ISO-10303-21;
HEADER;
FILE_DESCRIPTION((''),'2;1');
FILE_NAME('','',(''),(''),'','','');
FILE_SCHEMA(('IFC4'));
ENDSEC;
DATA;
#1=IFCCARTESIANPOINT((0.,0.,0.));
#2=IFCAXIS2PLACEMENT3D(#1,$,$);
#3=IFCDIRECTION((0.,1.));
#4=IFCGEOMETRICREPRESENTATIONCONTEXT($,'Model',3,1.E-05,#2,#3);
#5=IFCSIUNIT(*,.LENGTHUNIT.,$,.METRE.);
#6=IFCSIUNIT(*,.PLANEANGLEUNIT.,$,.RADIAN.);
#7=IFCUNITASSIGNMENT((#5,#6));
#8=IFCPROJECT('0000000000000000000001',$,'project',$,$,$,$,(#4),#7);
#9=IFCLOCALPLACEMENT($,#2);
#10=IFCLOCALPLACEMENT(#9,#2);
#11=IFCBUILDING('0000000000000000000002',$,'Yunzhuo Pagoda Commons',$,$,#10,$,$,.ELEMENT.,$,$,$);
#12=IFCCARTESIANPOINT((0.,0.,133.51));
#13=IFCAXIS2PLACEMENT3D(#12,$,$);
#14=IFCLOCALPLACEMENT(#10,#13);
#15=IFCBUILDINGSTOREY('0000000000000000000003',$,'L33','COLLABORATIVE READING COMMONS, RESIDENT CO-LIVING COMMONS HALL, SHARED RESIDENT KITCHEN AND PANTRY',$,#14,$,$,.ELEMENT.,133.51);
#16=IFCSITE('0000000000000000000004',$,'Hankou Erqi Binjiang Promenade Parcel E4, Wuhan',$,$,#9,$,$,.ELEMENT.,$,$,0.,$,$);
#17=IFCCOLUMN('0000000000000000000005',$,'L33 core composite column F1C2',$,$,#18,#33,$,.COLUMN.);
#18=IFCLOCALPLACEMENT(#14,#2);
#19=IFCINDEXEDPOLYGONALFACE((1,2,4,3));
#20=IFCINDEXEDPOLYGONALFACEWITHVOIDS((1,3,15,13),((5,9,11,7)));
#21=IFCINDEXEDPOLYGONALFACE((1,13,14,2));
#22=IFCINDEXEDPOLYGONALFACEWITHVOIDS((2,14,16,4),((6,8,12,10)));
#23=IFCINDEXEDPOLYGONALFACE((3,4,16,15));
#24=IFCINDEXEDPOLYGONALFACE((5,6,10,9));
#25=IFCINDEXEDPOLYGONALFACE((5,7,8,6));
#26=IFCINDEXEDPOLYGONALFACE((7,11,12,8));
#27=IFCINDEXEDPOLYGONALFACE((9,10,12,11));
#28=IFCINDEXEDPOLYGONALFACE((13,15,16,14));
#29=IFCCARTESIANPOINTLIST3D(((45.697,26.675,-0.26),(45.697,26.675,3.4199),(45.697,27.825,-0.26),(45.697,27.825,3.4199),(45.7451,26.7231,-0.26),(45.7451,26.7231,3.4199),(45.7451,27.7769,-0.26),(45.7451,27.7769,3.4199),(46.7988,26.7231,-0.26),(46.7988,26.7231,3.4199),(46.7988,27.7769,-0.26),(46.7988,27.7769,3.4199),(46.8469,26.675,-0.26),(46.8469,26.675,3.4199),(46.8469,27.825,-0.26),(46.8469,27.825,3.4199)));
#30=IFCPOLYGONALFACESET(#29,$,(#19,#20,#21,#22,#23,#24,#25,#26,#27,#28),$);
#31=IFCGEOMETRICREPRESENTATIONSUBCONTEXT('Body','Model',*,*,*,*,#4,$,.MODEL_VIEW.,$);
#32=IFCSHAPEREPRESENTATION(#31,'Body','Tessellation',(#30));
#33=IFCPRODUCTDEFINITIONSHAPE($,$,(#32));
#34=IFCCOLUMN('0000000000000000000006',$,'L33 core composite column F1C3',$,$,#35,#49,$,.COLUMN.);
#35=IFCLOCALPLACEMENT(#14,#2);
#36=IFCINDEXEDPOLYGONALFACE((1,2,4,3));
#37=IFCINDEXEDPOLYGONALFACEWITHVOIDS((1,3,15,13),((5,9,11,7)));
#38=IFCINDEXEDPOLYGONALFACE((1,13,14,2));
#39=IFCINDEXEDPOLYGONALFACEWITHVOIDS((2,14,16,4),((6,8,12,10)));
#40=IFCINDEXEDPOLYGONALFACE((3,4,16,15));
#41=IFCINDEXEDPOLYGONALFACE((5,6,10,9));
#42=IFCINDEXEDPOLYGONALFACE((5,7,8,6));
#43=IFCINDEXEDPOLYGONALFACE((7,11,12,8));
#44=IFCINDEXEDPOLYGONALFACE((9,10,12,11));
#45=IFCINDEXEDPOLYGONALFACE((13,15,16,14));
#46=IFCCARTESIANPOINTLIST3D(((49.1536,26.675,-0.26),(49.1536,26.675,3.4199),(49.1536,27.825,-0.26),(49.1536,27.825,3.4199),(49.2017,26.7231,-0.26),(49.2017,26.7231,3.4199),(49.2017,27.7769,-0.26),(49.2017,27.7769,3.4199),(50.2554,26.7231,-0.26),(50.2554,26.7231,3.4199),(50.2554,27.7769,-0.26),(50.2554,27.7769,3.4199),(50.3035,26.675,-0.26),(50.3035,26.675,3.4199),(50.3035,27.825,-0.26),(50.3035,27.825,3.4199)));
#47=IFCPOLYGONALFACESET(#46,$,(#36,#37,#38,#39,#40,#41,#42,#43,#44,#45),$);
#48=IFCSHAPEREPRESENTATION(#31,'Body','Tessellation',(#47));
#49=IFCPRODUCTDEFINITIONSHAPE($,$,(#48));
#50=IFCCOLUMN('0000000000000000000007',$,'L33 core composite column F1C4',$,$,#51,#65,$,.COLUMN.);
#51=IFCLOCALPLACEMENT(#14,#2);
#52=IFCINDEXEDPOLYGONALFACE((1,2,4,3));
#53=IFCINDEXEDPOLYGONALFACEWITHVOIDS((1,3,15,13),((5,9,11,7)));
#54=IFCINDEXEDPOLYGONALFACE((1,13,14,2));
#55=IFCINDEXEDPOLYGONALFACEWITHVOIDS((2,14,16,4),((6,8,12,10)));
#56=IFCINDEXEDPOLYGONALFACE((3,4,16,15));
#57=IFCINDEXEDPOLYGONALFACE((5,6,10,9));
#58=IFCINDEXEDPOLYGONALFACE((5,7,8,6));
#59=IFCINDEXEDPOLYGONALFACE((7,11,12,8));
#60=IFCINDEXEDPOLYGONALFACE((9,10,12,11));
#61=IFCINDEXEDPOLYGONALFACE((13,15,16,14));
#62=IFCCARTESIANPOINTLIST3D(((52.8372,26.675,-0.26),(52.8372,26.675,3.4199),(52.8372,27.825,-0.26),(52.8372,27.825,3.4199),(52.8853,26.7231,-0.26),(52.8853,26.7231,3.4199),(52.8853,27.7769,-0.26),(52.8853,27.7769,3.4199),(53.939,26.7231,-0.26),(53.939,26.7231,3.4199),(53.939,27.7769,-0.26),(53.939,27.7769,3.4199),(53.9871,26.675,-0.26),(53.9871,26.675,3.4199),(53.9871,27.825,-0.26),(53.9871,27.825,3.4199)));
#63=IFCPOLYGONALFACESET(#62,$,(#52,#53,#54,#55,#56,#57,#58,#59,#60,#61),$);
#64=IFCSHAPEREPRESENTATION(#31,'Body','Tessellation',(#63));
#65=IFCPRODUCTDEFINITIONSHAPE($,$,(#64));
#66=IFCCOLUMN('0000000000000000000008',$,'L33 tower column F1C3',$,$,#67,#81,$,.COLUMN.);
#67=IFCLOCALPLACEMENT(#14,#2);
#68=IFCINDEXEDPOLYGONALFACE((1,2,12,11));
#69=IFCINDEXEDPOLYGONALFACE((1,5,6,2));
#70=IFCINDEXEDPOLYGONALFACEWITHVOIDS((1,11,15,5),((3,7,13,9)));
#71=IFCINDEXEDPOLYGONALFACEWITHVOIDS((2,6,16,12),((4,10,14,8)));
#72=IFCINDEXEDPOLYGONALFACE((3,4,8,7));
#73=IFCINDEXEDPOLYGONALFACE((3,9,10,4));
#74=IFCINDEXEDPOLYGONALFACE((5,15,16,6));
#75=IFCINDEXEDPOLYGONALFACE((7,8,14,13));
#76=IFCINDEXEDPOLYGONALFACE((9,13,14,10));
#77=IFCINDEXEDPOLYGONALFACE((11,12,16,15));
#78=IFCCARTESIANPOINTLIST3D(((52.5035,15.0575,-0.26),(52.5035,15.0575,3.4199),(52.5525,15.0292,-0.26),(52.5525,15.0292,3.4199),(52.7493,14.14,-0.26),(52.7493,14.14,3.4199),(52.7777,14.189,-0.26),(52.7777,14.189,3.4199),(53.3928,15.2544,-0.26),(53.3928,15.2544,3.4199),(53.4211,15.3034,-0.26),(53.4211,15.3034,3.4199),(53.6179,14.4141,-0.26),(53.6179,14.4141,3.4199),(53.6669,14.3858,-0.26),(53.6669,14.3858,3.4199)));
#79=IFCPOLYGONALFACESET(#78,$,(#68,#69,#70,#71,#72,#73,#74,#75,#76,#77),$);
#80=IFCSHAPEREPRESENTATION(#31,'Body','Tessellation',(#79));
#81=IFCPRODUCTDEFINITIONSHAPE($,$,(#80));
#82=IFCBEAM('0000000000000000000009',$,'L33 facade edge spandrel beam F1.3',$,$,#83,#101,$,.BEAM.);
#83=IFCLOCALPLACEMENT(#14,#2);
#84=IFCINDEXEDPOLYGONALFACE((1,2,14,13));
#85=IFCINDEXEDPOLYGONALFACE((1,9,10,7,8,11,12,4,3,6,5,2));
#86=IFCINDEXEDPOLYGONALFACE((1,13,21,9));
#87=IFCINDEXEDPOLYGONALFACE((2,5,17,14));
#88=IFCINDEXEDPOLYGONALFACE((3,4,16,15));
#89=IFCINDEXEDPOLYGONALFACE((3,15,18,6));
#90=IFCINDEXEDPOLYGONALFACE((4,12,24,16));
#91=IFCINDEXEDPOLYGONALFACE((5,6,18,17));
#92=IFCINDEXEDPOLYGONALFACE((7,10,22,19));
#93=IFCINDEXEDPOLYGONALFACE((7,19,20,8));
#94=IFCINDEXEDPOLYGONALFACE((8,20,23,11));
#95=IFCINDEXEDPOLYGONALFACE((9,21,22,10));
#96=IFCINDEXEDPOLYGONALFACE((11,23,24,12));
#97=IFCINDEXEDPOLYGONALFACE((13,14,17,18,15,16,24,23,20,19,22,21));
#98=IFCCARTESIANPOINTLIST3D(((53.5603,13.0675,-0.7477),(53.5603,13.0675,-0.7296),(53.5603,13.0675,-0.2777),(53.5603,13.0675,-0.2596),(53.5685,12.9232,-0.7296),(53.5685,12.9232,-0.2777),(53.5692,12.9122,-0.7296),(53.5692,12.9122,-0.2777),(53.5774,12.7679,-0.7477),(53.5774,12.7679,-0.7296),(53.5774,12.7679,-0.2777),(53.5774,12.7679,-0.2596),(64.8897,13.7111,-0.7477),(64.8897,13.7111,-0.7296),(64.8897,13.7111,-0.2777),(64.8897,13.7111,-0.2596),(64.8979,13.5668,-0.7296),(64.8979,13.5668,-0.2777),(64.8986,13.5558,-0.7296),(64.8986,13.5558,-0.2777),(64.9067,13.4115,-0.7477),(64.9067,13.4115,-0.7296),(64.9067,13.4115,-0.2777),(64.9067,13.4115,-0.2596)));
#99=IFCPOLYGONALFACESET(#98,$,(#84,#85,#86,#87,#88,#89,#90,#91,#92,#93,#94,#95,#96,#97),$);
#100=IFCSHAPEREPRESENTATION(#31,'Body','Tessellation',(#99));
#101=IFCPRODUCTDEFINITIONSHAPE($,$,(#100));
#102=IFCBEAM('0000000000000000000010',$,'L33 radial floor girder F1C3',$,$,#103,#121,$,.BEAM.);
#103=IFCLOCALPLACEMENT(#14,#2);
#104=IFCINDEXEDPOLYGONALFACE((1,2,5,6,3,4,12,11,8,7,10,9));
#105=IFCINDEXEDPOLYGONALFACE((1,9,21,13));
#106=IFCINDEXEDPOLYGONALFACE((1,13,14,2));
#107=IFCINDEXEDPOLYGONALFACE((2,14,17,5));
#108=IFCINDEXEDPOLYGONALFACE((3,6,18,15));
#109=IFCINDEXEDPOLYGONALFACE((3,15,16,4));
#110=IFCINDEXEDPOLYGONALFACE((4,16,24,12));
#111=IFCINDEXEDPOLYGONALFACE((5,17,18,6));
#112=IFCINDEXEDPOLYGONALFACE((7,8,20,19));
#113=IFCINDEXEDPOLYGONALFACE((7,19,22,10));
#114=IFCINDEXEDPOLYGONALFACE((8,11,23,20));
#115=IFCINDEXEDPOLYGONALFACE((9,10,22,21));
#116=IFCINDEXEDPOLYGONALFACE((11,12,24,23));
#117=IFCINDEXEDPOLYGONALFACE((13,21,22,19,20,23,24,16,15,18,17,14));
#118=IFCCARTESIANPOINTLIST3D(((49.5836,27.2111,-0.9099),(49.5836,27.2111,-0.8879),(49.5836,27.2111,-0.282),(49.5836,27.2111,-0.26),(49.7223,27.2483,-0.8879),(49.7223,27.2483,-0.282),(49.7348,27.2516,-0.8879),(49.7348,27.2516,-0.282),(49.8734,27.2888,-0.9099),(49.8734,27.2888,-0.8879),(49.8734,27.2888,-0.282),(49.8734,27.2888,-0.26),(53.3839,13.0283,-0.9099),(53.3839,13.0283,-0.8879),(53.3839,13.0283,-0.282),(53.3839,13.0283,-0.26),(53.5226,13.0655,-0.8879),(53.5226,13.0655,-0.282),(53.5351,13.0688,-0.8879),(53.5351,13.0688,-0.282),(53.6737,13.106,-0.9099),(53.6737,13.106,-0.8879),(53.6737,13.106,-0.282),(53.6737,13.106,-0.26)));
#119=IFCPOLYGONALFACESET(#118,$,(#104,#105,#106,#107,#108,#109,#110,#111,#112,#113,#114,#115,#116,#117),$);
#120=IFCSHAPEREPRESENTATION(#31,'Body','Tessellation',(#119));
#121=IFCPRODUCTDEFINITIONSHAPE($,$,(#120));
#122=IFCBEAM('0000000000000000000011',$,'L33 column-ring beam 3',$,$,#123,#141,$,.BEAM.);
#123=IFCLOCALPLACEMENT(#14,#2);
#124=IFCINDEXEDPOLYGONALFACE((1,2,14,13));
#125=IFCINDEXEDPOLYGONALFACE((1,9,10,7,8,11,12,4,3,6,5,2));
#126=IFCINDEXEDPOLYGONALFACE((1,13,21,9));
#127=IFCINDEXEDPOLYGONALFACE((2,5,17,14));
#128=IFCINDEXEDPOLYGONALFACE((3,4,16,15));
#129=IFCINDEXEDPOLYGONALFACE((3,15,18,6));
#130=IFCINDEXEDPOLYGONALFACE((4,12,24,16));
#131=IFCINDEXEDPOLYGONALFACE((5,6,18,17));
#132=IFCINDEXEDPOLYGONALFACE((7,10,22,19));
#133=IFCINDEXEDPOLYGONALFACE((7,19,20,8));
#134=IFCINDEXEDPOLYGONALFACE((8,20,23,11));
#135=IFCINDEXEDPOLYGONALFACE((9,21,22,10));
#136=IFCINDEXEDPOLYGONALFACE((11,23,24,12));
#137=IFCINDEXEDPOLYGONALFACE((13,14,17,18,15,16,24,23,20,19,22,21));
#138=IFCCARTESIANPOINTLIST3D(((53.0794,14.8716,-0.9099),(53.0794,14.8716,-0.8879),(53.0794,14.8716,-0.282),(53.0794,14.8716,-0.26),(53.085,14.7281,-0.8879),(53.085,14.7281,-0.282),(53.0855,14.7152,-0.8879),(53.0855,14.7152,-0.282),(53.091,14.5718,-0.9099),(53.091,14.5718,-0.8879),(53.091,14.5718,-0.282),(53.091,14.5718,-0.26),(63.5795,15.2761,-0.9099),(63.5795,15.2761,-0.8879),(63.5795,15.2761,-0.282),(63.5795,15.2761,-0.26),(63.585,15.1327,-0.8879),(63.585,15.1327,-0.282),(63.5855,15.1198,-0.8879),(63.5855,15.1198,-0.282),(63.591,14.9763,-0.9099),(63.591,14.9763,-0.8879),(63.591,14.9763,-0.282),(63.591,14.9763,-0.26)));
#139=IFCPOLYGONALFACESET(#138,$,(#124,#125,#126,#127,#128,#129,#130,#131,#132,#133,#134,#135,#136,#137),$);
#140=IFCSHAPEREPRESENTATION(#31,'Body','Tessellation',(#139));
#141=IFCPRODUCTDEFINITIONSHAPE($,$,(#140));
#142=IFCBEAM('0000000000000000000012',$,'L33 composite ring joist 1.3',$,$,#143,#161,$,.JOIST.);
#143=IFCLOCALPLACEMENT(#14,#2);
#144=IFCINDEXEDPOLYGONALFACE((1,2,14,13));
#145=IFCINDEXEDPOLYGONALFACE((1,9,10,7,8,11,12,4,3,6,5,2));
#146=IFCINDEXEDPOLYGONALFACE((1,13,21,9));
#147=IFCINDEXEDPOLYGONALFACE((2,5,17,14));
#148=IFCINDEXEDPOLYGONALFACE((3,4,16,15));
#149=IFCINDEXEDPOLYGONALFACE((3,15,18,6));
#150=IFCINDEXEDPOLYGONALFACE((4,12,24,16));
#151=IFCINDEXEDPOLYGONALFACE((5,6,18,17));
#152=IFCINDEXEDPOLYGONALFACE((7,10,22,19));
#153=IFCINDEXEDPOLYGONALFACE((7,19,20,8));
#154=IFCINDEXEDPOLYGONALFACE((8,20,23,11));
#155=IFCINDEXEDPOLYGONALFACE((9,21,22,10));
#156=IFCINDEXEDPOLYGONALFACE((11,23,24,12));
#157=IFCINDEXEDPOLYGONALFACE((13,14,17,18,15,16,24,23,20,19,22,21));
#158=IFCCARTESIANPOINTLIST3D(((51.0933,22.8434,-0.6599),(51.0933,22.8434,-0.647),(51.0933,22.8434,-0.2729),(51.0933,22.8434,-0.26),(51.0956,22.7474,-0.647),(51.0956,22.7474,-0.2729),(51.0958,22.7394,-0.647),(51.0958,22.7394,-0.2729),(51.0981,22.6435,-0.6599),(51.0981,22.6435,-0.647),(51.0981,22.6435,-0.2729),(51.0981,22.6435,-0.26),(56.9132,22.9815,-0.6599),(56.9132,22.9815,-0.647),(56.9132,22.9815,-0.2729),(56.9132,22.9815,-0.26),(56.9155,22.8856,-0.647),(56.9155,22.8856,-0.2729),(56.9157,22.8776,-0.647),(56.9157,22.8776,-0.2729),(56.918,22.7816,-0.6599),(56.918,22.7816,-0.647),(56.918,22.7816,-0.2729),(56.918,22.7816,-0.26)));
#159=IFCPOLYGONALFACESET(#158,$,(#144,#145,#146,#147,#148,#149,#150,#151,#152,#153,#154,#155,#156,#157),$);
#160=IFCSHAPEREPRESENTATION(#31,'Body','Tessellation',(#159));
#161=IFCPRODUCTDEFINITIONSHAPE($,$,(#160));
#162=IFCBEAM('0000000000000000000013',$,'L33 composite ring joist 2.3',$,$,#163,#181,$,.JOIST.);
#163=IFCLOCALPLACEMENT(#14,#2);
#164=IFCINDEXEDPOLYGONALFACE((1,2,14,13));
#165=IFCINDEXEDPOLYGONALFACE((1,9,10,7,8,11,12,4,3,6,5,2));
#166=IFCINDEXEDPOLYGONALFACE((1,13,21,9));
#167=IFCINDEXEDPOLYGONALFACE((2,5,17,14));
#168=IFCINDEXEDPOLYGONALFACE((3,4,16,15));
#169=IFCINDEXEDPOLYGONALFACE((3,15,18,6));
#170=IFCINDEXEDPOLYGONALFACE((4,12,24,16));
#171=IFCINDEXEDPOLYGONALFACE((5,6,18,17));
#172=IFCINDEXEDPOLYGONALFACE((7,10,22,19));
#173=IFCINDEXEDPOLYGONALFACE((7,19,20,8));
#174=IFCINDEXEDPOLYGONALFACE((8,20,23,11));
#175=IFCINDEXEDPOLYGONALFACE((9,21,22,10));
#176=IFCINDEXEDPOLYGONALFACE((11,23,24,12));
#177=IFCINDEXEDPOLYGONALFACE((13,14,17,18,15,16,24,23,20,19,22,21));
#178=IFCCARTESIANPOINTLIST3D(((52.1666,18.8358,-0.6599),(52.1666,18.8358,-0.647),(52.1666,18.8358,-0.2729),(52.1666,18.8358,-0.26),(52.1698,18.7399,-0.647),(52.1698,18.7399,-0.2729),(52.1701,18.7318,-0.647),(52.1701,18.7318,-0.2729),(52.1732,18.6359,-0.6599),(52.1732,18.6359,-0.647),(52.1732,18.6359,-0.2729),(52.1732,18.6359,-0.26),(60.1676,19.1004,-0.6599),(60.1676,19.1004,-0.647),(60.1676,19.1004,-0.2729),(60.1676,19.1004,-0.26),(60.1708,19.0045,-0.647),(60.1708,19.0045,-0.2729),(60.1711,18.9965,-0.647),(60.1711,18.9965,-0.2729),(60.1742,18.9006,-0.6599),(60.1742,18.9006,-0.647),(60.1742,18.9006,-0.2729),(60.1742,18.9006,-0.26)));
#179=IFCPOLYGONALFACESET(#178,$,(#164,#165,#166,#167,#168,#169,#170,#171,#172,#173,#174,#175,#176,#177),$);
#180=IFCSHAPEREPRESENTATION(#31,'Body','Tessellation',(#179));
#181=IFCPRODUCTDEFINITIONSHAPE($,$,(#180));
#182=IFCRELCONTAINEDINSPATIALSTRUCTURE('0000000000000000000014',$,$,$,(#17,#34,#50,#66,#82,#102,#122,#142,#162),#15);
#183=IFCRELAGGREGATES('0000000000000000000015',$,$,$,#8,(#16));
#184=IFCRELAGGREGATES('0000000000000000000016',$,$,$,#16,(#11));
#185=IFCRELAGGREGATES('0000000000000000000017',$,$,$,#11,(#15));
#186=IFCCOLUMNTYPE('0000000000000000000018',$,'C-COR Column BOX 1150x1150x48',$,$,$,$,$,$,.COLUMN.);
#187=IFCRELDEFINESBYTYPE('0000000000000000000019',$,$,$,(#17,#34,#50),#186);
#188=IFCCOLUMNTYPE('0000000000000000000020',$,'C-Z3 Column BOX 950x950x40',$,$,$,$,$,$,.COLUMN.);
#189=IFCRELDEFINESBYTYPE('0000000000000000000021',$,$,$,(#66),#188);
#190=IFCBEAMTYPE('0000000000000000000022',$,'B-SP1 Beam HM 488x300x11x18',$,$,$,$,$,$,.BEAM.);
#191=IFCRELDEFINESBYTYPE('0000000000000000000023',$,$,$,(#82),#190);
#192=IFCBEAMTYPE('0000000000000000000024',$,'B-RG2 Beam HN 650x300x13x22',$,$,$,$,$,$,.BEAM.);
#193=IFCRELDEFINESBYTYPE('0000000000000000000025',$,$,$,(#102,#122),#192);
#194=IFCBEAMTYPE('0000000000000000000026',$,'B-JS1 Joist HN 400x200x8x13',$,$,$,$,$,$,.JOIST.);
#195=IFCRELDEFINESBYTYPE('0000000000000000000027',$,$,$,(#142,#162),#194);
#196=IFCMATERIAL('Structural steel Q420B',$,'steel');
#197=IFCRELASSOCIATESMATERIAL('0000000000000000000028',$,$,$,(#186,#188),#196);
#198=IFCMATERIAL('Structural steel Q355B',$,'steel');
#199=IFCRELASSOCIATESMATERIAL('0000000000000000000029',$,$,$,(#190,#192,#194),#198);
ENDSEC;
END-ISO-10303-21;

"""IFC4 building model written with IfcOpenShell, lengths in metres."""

from ifc_helpers import new_model, si_unit, direction, frame, origin, origin_2d, place, context, subcontext, project, spatial, hollow_rectangle, i_section, extrude, source, transform, mapped, material, material_profile, profile_set, type_object, element, save


model = new_model("IFC4")

# Units and contexts
model_context = context("Model", 3, precision=1e-05, world=origin(), true_north=direction((0.0, 1.0)))
body_context = subcontext(model_context, "Body", "Model", "MODEL_VIEW")
ifc_project = project(units=[si_unit("LENGTHUNIT", "METRE"), si_unit("PLANEANGLEUNIT", "RADIAN")], contexts=[model_context])

# Site, building, storey
site_placement = place(None, origin())
site = spatial("IfcSite", under=ifc_project, at=site_placement, Name="Hankou Erqi Binjiang Promenade Parcel E4, Wuhan", CompositionType="ELEMENT", RefElevation=0.0)
building_placement = place(site_placement, origin())
building = spatial("IfcBuilding", under=site, at=building_placement, Name="Yunzhuo Pagoda Commons", CompositionType="ELEMENT")
storey_placement = place(building_placement, frame((0.0, 0.0, 133.51)))
storey = spatial("IfcBuildingStorey", under=building, at=storey_placement, Name="L33", Description="COLLABORATIVE READING COMMONS, RESIDENT CO-LIVING COMMONS HALL, SHARED RESIDENT KITCHEN AND PANTRY", CompositionType="ELEMENT", Elevation=133.51)

# Columns
ifc_material_1 = material(Name="Structural steel Q420B", Category="steel")
ifc_material_profile_1 = material_profile(ifc_material_1, hollow_rectangle(XDim=1.1499, YDim=1.1499, WallThickness=0.0481, at=origin_2d()), Name="Structural steel Q420B")
ifc_profile_set_1 = profile_set([ifc_material_profile_1], Name="Structural steel Q420B")
column_type_1 = type_object("IfcColumnType", Name="C-COR Column BOX 1150x1150x48", PredefinedType="COLUMN", material=ifc_profile_set_1)
shared_shape_1 = source(origin(), body_context, "Body", "SweptSolid", [
    extrude(hollow_rectangle(XDim=1.1499, YDim=1.1499, WallThickness=0.0481, at=origin_2d()), origin(), (0.0, 0.0, 1.0), 3.6799),
])
for number, where, z_axis, x_axis, name in (
    (1, (46.272, 27.25, -0.26), (0.0, 0.0, 1.0), (1.0, 0.0, 0.0), "L33 core composite column F1C2"),
    (2, (49.7285, 27.25, -0.26), (0.0, 0.0, 1.0), (1.0, 0.0, 0.0), "L33 core composite column F1C3"),
    (3, (53.4121, 27.25, -0.26), (0.0, 0.0, 1.0), (1.0, 0.0, 0.0), "L33 core composite column F1C4"),
):
    element("IfcColumn", number, at=place(storey_placement, frame(where, z_axis=z_axis, x_axis=x_axis)), inside=storey, type_object=column_type_1, Name=name, PredefinedType="COLUMN", context=body_context, shape_type="MappedRepresentation", body=[
        mapped(shared_shape_1, transform((0.0, 0.0, 0.0), scale=1.0)),
    ])
ifc_material_profile_2 = material_profile(ifc_material_1, hollow_rectangle(XDim=0.95, YDim=0.95, WallThickness=0.04, at=origin_2d()), Name="Structural steel Q420B")
ifc_profile_set_2 = profile_set([ifc_material_profile_2], Name="Structural steel Q420B")
column_type_2 = type_object("IfcColumnType", Name="C-Z3 Column BOX 950x950x40", PredefinedType="COLUMN", material=ifc_profile_set_2)
shared_shape_2 = source(origin(), body_context, "Body", "SweptSolid", [
    extrude(hollow_rectangle(XDim=0.95, YDim=0.95, WallThickness=0.04, at=origin_2d()), origin(), (0.0, 0.0, 1.0), 3.6799),
])
column_placement = place(storey_placement, frame((53.0852, 14.7217, -0.26), z_axis=(0.0, 0.0, 1.0), x_axis=(0.965926, 0.258819, 0.0)))
element("IfcColumn", 4, at=column_placement, inside=storey, type_object=column_type_2, Name="L33 tower column F1C3", PredefinedType="COLUMN", context=body_context, shape_type="MappedRepresentation", body=[
    mapped(shared_shape_2, transform((0.0, 0.0, 0.0), scale=1.0)),
])

# Beams
ifc_material_2 = material(Name="Structural steel Q355B", Category="steel")
ifc_material_profile_3 = material_profile(ifc_material_2, i_section(OverallWidth=0.3, OverallDepth=0.488, WebThickness=0.011, FlangeThickness=0.0181, at=origin_2d()), Name="Structural steel Q355B")
ifc_profile_set_3 = profile_set([ifc_material_profile_3], Name="Structural steel Q355B")
beam_type_1 = type_object("IfcBeamType", Name="B-SP1 Beam HM 488x300x11x18", PredefinedType="BEAM", material=ifc_profile_set_3)
shared_shape_3 = source(origin(), body_context, "Body", "SweptSolid", [
    extrude(i_section(OverallWidth=0.3, OverallDepth=0.488, WebThickness=0.011, FlangeThickness=0.0181, at=origin_2d()), origin(), (0.0, 0.0, 1.0), 11.3477),
])
beam_1_placement = place(storey_placement, frame((53.5688, 12.9177, -0.5037), z_axis=(0.998391, 0.056713, 0.0), x_axis=(-0.056713, 0.998391, 0.0)))
element("IfcBeam", 5, at=beam_1_placement, inside=storey, type_object=beam_type_1, Name="L33 facade edge spandrel beam F1.3", PredefinedType="BEAM", context=body_context, shape_type="MappedRepresentation", body=[
    mapped(shared_shape_3, transform((0.0, 0.0, 0.0), scale=1.0)),
])
ifc_material_profile_4 = material_profile(ifc_material_2, i_section(OverallWidth=0.3, OverallDepth=0.6499, WebThickness=0.0129, FlangeThickness=0.022, at=origin_2d()), Name="Structural steel Q355B")
ifc_profile_set_4 = profile_set([ifc_material_profile_4], Name="Structural steel Q355B")
beam_type_2 = type_object("IfcBeamType", Name="B-RG2 Beam HN 650x300x13x22", PredefinedType="BEAM", material=ifc_profile_set_4)
shared_shape_4 = source(origin(), body_context, "Body", "SweptSolid", [
    extrude(i_section(OverallWidth=0.3, OverallDepth=0.6499, WebThickness=0.0129, FlangeThickness=0.022, at=origin_2d()), origin(), (0.0, 0.0, 1.0), 14.6831),
])
beam_2_placement = place(storey_placement, frame((53.5288, 13.0671, -0.585), z_axis=(-0.258819, 0.965926, 0.0), x_axis=(-0.965926, -0.258819, 0.0)))
element("IfcBeam", 6, at=beam_2_placement, inside=storey, type_object=beam_type_2, Name="L33 radial floor girder F1C3", PredefinedType="BEAM", context=body_context, shape_type="MappedRepresentation", body=[
    mapped(shared_shape_4, transform((0.0, 0.0, 0.0), scale=1.0)),
])
shared_shape_5 = source(origin(), body_context, "Body", "SweptSolid", [
    extrude(i_section(OverallWidth=0.3, OverallDepth=0.6499, WebThickness=0.0129, FlangeThickness=0.022, at=origin_2d()), origin(), (0.0, 0.0, 1.0), 10.5078),
])
beam_3_placement = place(storey_placement, frame((53.0852, 14.7217, -0.585), z_axis=(0.999259, 0.038499, 0.0), x_axis=(-0.038499, 0.999259, 0.0)))
element("IfcBeam", 7, at=beam_3_placement, inside=storey, type_object=beam_type_2, Name="L33 column-ring beam 3", PredefinedType="BEAM", context=body_context, shape_type="MappedRepresentation", body=[
    mapped(shared_shape_5, transform((0.0, 0.0, 0.0), scale=1.0)),
])
ifc_material_profile_5 = material_profile(ifc_material_2, i_section(OverallWidth=0.2, OverallDepth=0.3999, WebThickness=0.0081, FlangeThickness=0.0129, at=origin_2d()), Name="Structural steel Q355B")
ifc_profile_set_5 = profile_set([ifc_material_profile_5], Name="Structural steel Q355B")
beam_type_3 = type_object("IfcBeamType", Name="B-JS1 Joist HN 400x200x8x13", PredefinedType="JOIST", material=ifc_profile_set_5)
shared_shape_6 = source(origin(), body_context, "Body", "SweptSolid", [
    extrude(i_section(OverallWidth=0.2, OverallDepth=0.3999, WebThickness=0.0081, FlangeThickness=0.0129, at=origin_2d()), origin(), (0.0, 0.0, 1.0), 5.8215),
])
beam_4_placement = place(storey_placement, frame((51.0957, 22.7434, -0.46), z_axis=(0.999718, 0.023737, 0.0), x_axis=(-0.023737, 0.999718, 0.0)))
element("IfcBeam", 8, at=beam_4_placement, inside=storey, type_object=beam_type_3, Name="L33 composite ring joist 1.3", PredefinedType="JOIST", context=body_context, shape_type="MappedRepresentation", body=[
    mapped(shared_shape_6, transform((0.0, 0.0, 0.0), scale=1.0)),
])
shared_shape_7 = source(origin(), body_context, "Body", "SweptSolid", [
    extrude(i_section(OverallWidth=0.2, OverallDepth=0.3999, WebThickness=0.0081, FlangeThickness=0.0129, at=origin_2d()), origin(), (0.0, 0.0, 1.0), 8.0054),
])
beam_5_placement = place(storey_placement, frame((52.1699, 18.7358, -0.46), z_axis=(0.999453, 0.033059, 0.0), x_axis=(-0.033059, 0.999453, 0.0)))
element("IfcBeam", 9, at=beam_5_placement, inside=storey, type_object=beam_type_3, Name="L33 composite ring joist 2.3", PredefinedType="JOIST", context=body_context, shape_type="MappedRepresentation", body=[
    mapped(shared_shape_7, transform((0.0, 0.0, 0.0), scale=1.0)),
])

save(model, "model.ifc")
